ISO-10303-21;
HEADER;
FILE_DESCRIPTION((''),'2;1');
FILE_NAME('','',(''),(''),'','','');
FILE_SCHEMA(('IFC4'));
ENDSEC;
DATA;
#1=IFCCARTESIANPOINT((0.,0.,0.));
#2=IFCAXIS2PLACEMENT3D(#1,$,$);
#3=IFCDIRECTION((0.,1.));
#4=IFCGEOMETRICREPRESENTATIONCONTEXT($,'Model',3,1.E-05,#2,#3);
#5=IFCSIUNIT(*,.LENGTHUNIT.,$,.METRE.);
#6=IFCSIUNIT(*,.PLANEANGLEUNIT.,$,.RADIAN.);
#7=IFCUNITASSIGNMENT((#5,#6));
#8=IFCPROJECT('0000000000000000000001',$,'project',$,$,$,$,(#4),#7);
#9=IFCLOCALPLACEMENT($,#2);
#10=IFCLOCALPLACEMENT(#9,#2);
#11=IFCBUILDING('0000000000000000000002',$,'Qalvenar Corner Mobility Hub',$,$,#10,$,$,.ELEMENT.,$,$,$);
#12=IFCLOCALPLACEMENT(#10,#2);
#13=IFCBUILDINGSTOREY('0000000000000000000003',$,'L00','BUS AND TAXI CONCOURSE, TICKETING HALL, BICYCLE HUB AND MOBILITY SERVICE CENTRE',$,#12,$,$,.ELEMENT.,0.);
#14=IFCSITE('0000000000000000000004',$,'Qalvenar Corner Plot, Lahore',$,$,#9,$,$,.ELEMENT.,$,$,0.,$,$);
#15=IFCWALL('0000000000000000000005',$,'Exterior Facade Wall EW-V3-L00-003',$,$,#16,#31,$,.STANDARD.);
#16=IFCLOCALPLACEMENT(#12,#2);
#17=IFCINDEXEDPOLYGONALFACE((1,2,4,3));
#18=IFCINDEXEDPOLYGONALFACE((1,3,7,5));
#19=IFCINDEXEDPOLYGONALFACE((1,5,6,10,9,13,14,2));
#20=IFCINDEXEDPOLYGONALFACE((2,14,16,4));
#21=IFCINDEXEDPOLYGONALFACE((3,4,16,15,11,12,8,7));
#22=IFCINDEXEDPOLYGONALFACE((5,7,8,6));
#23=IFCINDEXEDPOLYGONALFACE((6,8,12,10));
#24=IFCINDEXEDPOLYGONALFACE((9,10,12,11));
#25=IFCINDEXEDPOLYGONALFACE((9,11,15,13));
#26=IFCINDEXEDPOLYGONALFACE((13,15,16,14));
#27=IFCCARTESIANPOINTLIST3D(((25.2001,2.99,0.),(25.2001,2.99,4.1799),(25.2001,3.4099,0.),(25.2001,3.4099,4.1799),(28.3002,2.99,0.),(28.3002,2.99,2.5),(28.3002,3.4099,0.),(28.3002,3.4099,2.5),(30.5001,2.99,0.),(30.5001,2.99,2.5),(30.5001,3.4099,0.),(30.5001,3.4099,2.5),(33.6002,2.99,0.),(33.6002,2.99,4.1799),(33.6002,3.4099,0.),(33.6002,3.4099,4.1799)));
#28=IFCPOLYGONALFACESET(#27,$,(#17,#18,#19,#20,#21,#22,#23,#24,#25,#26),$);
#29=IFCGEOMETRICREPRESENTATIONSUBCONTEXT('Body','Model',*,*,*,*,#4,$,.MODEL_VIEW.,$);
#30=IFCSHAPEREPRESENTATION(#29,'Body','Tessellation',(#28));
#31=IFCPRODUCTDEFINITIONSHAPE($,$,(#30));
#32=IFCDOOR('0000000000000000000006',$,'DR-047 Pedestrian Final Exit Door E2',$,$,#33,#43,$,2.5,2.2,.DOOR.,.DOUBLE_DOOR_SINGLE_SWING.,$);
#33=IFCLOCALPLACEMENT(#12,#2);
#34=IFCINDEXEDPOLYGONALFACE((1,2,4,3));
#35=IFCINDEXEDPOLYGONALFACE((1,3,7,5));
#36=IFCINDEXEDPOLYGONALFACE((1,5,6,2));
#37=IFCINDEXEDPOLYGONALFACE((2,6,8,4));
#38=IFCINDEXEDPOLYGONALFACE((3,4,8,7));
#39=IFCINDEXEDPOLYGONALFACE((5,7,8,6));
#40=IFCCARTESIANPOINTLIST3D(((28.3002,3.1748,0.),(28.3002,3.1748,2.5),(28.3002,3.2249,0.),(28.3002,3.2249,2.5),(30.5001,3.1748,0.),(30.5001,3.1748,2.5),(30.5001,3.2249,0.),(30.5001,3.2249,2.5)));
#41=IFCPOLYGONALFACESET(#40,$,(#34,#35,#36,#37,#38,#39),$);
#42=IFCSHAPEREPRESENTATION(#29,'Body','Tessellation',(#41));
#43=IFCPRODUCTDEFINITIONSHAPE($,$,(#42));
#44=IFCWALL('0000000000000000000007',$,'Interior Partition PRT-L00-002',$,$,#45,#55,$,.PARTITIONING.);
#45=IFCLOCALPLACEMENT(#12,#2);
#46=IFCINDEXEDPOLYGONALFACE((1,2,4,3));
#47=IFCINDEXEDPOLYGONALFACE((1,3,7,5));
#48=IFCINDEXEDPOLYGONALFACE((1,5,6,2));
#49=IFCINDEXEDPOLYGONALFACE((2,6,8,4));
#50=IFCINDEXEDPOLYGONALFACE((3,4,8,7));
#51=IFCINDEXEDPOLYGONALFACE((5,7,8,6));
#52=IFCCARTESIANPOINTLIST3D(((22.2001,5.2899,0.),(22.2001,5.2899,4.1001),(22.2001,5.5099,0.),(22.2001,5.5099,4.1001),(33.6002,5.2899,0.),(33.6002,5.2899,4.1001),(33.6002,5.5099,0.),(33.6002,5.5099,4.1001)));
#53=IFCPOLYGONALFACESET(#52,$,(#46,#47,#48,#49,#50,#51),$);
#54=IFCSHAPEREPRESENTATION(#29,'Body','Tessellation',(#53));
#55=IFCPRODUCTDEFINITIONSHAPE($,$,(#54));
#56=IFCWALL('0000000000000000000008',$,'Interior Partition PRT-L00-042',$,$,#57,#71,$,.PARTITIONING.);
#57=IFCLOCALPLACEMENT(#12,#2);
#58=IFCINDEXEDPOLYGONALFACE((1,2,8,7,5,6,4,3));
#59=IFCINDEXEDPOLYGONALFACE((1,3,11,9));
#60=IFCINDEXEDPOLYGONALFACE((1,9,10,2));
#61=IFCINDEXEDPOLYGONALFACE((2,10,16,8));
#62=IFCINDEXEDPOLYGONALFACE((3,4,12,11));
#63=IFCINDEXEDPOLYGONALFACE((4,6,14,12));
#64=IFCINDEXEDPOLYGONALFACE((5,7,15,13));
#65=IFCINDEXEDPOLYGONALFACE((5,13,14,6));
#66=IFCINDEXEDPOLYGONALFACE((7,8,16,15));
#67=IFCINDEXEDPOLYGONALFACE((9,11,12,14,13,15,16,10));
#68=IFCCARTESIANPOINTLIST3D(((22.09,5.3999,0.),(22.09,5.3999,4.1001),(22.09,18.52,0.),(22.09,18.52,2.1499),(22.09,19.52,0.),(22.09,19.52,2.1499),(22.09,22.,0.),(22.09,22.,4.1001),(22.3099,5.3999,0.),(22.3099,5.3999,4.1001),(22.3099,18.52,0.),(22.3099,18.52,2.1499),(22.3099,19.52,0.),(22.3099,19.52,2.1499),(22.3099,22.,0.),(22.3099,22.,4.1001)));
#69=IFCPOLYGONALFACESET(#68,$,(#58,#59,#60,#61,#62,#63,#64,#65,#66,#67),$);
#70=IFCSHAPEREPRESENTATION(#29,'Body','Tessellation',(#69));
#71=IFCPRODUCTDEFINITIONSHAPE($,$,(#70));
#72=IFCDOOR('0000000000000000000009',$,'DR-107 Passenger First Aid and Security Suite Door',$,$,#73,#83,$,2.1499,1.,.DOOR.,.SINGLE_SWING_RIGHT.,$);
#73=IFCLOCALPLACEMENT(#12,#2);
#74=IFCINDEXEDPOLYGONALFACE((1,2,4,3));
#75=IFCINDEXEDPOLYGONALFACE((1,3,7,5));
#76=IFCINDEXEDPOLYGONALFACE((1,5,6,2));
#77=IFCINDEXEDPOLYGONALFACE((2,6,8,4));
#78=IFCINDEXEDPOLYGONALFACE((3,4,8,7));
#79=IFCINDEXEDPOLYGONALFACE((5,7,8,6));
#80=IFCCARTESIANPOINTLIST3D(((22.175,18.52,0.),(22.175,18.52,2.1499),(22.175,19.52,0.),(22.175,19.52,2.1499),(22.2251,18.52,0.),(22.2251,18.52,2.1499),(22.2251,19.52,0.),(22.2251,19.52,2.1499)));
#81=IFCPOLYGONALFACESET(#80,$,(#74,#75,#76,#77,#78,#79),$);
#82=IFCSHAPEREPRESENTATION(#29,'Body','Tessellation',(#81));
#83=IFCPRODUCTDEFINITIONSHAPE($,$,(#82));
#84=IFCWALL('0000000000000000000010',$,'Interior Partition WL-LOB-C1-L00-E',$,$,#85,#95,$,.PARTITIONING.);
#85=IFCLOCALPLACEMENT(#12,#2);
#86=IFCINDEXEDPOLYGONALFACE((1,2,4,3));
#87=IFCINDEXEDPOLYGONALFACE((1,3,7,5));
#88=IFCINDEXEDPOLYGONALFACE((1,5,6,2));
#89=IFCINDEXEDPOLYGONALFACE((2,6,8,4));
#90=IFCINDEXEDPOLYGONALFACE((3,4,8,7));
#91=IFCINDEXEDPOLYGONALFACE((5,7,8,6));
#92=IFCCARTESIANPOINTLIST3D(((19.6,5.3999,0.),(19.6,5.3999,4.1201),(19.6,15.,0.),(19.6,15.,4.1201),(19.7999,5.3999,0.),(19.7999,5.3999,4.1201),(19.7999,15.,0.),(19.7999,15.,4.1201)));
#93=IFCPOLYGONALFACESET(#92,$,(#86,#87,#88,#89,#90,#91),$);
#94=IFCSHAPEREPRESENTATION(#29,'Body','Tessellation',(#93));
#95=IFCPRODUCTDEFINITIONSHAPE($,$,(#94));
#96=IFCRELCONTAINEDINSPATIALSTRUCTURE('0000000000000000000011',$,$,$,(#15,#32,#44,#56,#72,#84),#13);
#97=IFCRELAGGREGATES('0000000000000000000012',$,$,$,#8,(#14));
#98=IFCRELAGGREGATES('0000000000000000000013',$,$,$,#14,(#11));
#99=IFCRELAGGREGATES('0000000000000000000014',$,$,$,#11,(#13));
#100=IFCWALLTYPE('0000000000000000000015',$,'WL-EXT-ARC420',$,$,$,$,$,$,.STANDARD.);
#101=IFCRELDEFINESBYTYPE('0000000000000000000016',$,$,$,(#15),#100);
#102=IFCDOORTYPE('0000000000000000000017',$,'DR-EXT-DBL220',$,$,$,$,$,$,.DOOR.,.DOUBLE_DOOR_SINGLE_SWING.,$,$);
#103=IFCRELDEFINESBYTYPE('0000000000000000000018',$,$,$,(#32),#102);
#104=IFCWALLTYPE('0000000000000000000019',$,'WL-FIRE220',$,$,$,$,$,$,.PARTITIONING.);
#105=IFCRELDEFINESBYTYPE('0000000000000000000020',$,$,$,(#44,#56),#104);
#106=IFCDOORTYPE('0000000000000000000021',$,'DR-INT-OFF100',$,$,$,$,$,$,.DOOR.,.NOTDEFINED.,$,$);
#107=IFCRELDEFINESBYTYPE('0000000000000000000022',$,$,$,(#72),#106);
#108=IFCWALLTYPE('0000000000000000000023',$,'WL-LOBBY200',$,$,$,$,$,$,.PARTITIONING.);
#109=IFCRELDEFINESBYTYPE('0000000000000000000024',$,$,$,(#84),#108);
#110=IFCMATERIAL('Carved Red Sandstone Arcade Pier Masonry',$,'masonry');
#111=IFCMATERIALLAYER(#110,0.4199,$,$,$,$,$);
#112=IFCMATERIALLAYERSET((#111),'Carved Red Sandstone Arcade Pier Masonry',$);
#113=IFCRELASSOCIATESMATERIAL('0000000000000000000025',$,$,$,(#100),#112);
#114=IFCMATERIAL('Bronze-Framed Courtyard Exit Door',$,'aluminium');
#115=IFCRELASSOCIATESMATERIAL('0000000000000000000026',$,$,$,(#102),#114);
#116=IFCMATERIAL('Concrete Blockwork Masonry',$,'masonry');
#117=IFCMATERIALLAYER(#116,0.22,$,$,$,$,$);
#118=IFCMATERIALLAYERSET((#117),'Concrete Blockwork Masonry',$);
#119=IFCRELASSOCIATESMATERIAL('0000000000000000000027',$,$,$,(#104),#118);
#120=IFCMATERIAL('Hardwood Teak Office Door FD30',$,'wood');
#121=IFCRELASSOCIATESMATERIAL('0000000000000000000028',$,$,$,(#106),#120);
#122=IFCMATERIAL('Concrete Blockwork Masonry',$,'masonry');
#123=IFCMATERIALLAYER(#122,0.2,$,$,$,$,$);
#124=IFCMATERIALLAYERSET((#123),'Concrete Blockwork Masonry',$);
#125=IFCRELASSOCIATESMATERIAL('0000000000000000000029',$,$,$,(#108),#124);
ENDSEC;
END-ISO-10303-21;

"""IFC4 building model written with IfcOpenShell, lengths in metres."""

from ifc_helpers import new_model, si_unit, direction, frame, frame_2d, origin, place, context, subcontext, project, spatial, rectangle, extrude, material, layer, layer_set, type_object, element, fill, save


model = new_model("IFC4")

# Units and contexts
model_context = context("Model", 3, precision=1e-05, world=origin(), true_north=direction((0.0, 1.0)))
body_context = subcontext(model_context, "Body", "Model", "MODEL_VIEW")
ifc_project = project(units=[si_unit("LENGTHUNIT", "METRE"), si_unit("PLANEANGLEUNIT", "RADIAN")], contexts=[model_context])

# Site, building, storey
site_placement = place(None, origin())
site = spatial("IfcSite", under=ifc_project, at=site_placement, Name="Qalvenar Corner Plot, Lahore", CompositionType="ELEMENT", RefElevation=0.0)
building_placement = place(site_placement, origin())
building = spatial("IfcBuilding", under=site, at=building_placement, Name="Qalvenar Corner Mobility Hub", CompositionType="ELEMENT")
storey_placement = place(building_placement, origin())
storey = spatial("IfcBuildingStorey", under=building, at=storey_placement, Name="L00", Description="BUS AND TAXI CONCOURSE, TICKETING HALL, BICYCLE HUB AND MOBILITY SERVICE CENTRE", CompositionType="ELEMENT", Elevation=0.0)

# Wall, opening, door
ifc_material_1 = material(Name="Carved Red Sandstone Arcade Pier Masonry", Category="masonry")
ifc_layer_1 = layer(ifc_material_1, 0.4199)
ifc_layer_set_1 = layer_set([ifc_layer_1], Name="Carved Red Sandstone Arcade Pier Masonry")
wall_type_1 = type_object("IfcWallType", Name="WL-EXT-ARC420", PredefinedType="STANDARD", material=ifc_layer_set_1)
wall_1_placement = place(storey_placement, frame((25.2, 3.2, 0.0), z_axis=(0.0, 0.0, 1.0), x_axis=(1.0, 0.0, 0.0)))
wall_1 = element("IfcWall", 1, at=wall_1_placement, inside=storey, type_object=wall_type_1, Name="Exterior Facade Wall EW-V3-L00-003", PredefinedType="STANDARD", context=body_context, shape_type="SweptSolid", body=[
    extrude(rectangle(XDim=8.4001, YDim=0.4199, at=frame_2d((4.2002, 0.0))), origin(), (0.0, 0.0, 1.0), 4.1799),
])
opening_1_placement = place(wall_1_placement, frame((3.1001, 0.0, 0.0)))
opening_1 = element("IfcOpeningElement", 2, at=opening_1_placement, cuts=wall_1, PredefinedType="OPENING", context=body_context, shape_type="SweptSolid", body=[
    extrude(rectangle(XDim=2.2, YDim=2.5, at=frame_2d((1.1001, 1.25))), frame((0.0, 0.22, 0.0), z_axis=(0.0, -1.0, 0.0), x_axis=(1.0, 0.0, 0.0)), (0.0, 0.0, 1.0), 0.4399),
])
ifc_material_2 = material(Name="Bronze-Framed Courtyard Exit Door", Category="aluminium")
door_type_1 = type_object("IfcDoorType", Name="DR-EXT-DBL220", OperationType="DOUBLE_DOOR_SINGLE_SWING", PredefinedType="DOOR", material=ifc_material_2)
door_1_placement = place(opening_1_placement, origin())
door_1 = element("IfcDoor", 3, at=door_1_placement, inside=storey, type_object=door_type_1, Name="DR-047 Pedestrian Final Exit Door E2", OperationType="DOUBLE_DOOR_SINGLE_SWING", OverallHeight=2.5, OverallWidth=2.2, PredefinedType="DOOR", context=body_context, shape_type="SweptSolid", body=[
    extrude(rectangle(XDim=2.2, YDim=2.5, at=frame_2d((1.1001, 1.25))), frame((0.0, 0.0249, 0.0), z_axis=(0.0, -1.0, 0.0), x_axis=(1.0, 0.0, 0.0)), (0.0, 0.0, 1.0), 0.05),
])
fill(opening_1, door_1)

# Wall
ifc_material_3 = material(Name="Concrete Blockwork Masonry", Category="masonry")
ifc_layer_2 = layer(ifc_material_3, 0.22)
ifc_layer_set_2 = layer_set([ifc_layer_2], Name="Concrete Blockwork Masonry")
wall_type_2 = type_object("IfcWallType", Name="WL-FIRE220", PredefinedType="PARTITIONING", material=ifc_layer_set_2)
wall_2_placement = place(storey_placement, frame((22.2, 5.3999, 0.0), z_axis=(0.0, 0.0, 1.0), x_axis=(1.0, 0.0, 0.0)))
element("IfcWall", 4, at=wall_2_placement, inside=storey, type_object=wall_type_2, Name="Interior Partition PRT-L00-002", PredefinedType="PARTITIONING", context=body_context, shape_type="SweptSolid", body=[
    extrude(rectangle(XDim=11.4001, YDim=0.22, at=frame_2d((5.7002, 0.0))), origin(), (0.0, 0.0, 1.0), 4.1001),
])

# Wall, opening, door
wall_3_placement = place(storey_placement, frame((22.2, 5.3999, 0.0), z_axis=(0.0, 0.0, 1.0), x_axis=(0.0, 1.0, 0.0)))
wall_3 = element("IfcWall", 5, at=wall_3_placement, inside=storey, type_object=wall_type_2, Name="Interior Partition PRT-L00-042", PredefinedType="PARTITIONING", context=body_context, shape_type="SweptSolid", body=[
    extrude(rectangle(XDim=16.6001, YDim=0.22, at=frame_2d((8.3, 0.0))), origin(), (0.0, 0.0, 1.0), 4.1001),
])
opening_2_placement = place(wall_3_placement, frame((13.1201, 0.0, 0.0)))
opening_2 = element("IfcOpeningElement", 6, at=opening_2_placement, cuts=wall_3, PredefinedType="OPENING", context=body_context, shape_type="SweptSolid", body=[
    extrude(rectangle(XDim=1.0, YDim=2.1499, at=frame_2d((0.5, 1.075))), frame((0.0, 0.1201, 0.0), z_axis=(0.0, -1.0, 0.0), x_axis=(1.0, 0.0, 0.0)), (0.0, 0.0, 1.0), 0.24),
])
ifc_material_4 = material(Name="Hardwood Teak Office Door FD30", Category="wood")
door_type_2 = type_object("IfcDoorType", Name="DR-INT-OFF100", OperationType="NOTDEFINED", PredefinedType="DOOR", material=ifc_material_4)
door_2_placement = place(opening_2_placement, origin())
door_2 = element("IfcDoor", 7, at=door_2_placement, inside=storey, type_object=door_type_2, Name="DR-107 Passenger First Aid and Security Suite Door", OperationType="SINGLE_SWING_RIGHT", OverallHeight=2.1499, OverallWidth=1.0, PredefinedType="DOOR", context=body_context, shape_type="SweptSolid", body=[
    extrude(rectangle(XDim=1.0, YDim=2.1499, at=frame_2d((0.5, 1.075))), frame((0.0, 0.0249, 0.0), z_axis=(0.0, -1.0, 0.0), x_axis=(1.0, 0.0, 0.0)), (0.0, 0.0, 1.0), 0.05),
])
fill(opening_2, door_2)

# Wall
ifc_material_5 = material(Name="Concrete Blockwork Masonry", Category="masonry")
ifc_layer_3 = layer(ifc_material_5, 0.2)
ifc_layer_set_3 = layer_set([ifc_layer_3], Name="Concrete Blockwork Masonry")
wall_type_3 = type_object("IfcWallType", Name="WL-LOBBY200", PredefinedType="PARTITIONING", material=ifc_layer_set_3)
wall_4_placement = place(storey_placement, frame((19.7, 5.3999, 0.0), z_axis=(0.0, 0.0, 1.0), x_axis=(0.0, 1.0, 0.0)))
element("IfcWall", 8, at=wall_4_placement, inside=storey, type_object=wall_type_3, Name="Interior Partition WL-LOB-C1-L00-E", PredefinedType="PARTITIONING", context=body_context, shape_type="SweptSolid", body=[
    extrude(rectangle(XDim=9.6001, YDim=0.2, at=frame_2d((4.8, 0.0))), origin(), (0.0, 0.0, 1.0), 4.1201),
])

save(model, "model.ifc")
